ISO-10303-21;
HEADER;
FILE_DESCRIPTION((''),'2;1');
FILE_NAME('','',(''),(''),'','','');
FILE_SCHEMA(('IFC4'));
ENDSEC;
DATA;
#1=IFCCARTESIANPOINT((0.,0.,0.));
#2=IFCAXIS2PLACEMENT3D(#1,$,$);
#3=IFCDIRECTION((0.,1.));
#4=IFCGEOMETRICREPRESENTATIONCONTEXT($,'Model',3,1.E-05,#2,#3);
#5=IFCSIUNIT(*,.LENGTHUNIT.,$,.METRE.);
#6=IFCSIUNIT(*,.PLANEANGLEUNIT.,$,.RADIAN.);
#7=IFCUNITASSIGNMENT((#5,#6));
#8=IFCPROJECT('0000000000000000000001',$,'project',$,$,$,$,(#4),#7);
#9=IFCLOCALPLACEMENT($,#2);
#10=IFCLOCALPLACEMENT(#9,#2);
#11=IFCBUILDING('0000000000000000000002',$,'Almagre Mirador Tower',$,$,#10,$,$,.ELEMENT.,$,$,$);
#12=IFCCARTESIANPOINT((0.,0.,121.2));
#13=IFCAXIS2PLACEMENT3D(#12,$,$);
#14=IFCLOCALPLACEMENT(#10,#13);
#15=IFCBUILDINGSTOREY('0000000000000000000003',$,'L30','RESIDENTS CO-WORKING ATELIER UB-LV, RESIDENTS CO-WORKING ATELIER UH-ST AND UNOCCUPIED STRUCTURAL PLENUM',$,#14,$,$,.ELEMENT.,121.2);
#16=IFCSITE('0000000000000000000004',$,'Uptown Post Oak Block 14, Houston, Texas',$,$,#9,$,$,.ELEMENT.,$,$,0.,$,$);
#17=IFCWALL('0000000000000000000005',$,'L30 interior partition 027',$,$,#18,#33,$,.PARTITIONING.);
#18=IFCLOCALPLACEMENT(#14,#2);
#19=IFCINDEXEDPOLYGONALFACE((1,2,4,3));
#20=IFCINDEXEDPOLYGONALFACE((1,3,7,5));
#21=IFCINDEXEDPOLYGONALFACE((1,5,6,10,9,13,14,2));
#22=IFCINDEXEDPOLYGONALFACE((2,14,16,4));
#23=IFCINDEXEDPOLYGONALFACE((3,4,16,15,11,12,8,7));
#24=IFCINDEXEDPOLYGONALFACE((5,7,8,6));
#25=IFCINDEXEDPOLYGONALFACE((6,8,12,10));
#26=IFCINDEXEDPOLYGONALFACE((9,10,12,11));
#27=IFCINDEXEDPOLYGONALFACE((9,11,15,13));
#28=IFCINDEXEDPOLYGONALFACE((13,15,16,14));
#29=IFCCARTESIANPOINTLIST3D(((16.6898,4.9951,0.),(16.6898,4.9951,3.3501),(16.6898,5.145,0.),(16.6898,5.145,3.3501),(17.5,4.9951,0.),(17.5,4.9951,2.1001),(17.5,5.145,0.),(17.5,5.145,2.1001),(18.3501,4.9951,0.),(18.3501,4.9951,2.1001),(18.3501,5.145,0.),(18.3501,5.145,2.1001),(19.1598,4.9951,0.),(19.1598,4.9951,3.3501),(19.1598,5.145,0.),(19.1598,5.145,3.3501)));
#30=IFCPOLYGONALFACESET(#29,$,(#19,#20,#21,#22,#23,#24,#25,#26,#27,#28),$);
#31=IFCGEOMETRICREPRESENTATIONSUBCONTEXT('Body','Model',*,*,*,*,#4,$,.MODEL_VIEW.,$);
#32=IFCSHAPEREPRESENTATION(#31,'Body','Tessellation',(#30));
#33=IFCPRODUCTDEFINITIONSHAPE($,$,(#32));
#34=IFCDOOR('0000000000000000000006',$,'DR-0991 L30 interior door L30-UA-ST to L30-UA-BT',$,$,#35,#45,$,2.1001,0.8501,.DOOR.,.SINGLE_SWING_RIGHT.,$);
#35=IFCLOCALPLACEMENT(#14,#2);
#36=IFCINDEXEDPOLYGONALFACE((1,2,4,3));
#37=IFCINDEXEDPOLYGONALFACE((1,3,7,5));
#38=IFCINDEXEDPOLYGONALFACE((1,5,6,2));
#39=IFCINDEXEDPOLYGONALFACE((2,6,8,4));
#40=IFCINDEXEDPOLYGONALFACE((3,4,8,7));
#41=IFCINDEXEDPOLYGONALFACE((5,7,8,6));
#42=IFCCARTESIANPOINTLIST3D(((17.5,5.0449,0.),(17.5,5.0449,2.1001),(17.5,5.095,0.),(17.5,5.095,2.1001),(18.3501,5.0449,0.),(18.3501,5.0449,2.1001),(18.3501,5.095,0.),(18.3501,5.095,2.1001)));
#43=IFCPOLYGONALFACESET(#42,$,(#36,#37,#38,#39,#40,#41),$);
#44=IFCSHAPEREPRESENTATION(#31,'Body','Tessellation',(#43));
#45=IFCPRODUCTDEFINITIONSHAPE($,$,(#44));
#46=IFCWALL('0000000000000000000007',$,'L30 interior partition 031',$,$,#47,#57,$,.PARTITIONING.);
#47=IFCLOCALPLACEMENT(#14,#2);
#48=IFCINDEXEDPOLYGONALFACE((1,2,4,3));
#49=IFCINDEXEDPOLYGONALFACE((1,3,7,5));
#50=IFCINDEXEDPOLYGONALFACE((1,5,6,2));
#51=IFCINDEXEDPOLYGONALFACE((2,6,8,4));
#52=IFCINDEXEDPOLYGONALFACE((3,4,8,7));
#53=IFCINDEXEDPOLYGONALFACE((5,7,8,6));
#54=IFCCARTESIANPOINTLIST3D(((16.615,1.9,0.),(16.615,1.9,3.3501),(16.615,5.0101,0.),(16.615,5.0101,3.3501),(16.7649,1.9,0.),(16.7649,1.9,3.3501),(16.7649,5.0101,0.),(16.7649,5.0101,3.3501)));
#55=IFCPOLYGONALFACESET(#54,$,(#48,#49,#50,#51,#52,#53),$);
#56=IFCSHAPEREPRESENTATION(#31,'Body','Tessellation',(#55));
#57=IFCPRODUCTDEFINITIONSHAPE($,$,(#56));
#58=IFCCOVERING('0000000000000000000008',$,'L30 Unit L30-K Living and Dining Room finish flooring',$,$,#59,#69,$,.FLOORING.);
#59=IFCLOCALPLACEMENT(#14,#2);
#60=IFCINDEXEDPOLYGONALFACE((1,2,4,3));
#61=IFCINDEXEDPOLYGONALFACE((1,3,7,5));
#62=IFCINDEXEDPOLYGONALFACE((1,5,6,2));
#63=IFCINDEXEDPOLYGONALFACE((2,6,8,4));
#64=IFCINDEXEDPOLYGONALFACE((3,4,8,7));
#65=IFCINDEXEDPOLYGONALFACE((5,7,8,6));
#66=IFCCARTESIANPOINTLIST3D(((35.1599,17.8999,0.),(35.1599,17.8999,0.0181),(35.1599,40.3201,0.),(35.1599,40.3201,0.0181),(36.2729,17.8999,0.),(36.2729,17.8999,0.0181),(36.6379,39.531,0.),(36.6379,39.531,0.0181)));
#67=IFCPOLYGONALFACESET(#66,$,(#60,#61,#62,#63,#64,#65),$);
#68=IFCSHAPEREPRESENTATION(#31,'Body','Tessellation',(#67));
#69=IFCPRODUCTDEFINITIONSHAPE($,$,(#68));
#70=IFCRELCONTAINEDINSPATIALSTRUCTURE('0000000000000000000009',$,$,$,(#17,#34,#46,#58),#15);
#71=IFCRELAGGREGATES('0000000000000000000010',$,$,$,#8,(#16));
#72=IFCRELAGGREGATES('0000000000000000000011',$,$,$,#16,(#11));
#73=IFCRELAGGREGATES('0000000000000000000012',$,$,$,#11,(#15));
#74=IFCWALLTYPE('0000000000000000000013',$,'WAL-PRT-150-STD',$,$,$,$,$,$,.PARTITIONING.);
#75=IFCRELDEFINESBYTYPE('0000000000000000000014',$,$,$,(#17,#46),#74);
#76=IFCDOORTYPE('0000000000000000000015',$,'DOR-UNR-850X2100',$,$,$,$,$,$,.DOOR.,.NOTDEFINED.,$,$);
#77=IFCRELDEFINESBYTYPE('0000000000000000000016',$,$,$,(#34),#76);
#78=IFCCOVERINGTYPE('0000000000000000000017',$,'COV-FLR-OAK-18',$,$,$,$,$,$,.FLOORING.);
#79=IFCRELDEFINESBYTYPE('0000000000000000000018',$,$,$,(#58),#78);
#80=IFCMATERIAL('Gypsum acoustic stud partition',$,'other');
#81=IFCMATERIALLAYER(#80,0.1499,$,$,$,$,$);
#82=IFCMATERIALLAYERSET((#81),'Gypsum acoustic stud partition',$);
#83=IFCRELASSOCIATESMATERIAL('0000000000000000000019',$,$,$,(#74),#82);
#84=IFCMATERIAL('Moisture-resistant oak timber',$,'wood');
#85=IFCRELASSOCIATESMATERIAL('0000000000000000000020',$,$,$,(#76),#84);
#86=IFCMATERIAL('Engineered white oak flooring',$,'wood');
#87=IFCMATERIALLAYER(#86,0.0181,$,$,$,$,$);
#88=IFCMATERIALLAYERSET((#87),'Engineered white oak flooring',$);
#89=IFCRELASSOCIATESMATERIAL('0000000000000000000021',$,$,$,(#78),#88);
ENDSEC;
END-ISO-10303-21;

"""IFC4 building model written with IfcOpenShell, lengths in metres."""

from ifc_helpers import new_model, si_unit, direction, frame, frame_2d, origin, place, context, subcontext, project, spatial, polyline, rectangle, outline, extrude, material, layer, layer_set, type_object, element, fill, save


model = new_model("IFC4")

# Units and contexts
model_context = context("Model", 3, precision=1e-05, world=origin(), true_north=direction((0.0, 1.0)))
body_context = subcontext(model_context, "Body", "Model", "MODEL_VIEW")
ifc_project = project(units=[si_unit("LENGTHUNIT", "METRE"), si_unit("PLANEANGLEUNIT", "RADIAN")], contexts=[model_context])

# Site, building, storey
site_placement = place(None, origin())
site = spatial("IfcSite", under=ifc_project, at=site_placement, Name="Uptown Post Oak Block 14, Houston, Texas", CompositionType="ELEMENT", RefElevation=0.0)
building_placement = place(site_placement, origin())
building = spatial("IfcBuilding", under=site, at=building_placement, Name="Almagre Mirador Tower", CompositionType="ELEMENT")
storey_placement = place(building_placement, frame((0.0, 0.0, 121.2)))
storey = spatial("IfcBuildingStorey", under=building, at=storey_placement, Name="L30", Description="RESIDENTS CO-WORKING ATELIER UB-LV, RESIDENTS CO-WORKING ATELIER UH-ST AND UNOCCUPIED STRUCTURAL PLENUM", CompositionType="ELEMENT", Elevation=121.2)

# Wall, opening, door
ifc_material_1 = material(Name="Gypsum acoustic stud partition", Category="other")
ifc_layer_1 = layer(ifc_material_1, 0.1499)
ifc_layer_set_1 = layer_set([ifc_layer_1], Name="Gypsum acoustic stud partition")
wall_type_1 = type_object("IfcWallType", Name="WAL-PRT-150-STD", PredefinedType="PARTITIONING", material=ifc_layer_set_1)
wall_1_placement = place(storey_placement, frame((16.6899, 5.0701, 0.0), z_axis=(0.0, 0.0, 1.0), x_axis=(1.0, 0.0, 0.0)))
wall_1 = element("IfcWall", 1, at=wall_1_placement, inside=storey, type_object=wall_type_1, Name="L30 interior partition 027", PredefinedType="PARTITIONING", context=body_context, shape_type="SweptSolid", body=[
    extrude(rectangle(XDim=2.47, YDim=0.1499, at=frame_2d((1.2349, 0.0))), origin(), (0.0, 0.0, 1.0), 3.3501),
])
opening_1_placement = place(wall_1_placement, frame((0.8101, 0.0, 0.0)))
opening_1 = element("IfcOpeningElement", 2, at=opening_1_placement, cuts=wall_1, PredefinedType="OPENING", context=body_context, shape_type="SweptSolid", body=[
    extrude(rectangle(XDim=0.8501, YDim=2.1001, at=frame_2d((0.425, 1.05))), frame((0.0, 0.085, 0.0), z_axis=(0.0, -1.0, 0.0), x_axis=(1.0, 0.0, 0.0)), (0.0, 0.0, 1.0), 0.1699),
])
ifc_material_2 = material(Name="Moisture-resistant oak timber", Category="wood")
door_type_1 = type_object("IfcDoorType", Name="DOR-UNR-850X2100", OperationType="NOTDEFINED", PredefinedType="DOOR", material=ifc_material_2)
door_1_placement = place(opening_1_placement, origin())
door_1 = element("IfcDoor", 3, at=door_1_placement, inside=storey, type_object=door_type_1, Name="DR-0991 L30 interior door L30-UA-ST to L30-UA-BT", OperationType="SINGLE_SWING_RIGHT", OverallHeight=2.1001, OverallWidth=0.8501, PredefinedType="DOOR", context=body_context, shape_type="SweptSolid", body=[
    extrude(rectangle(XDim=0.8501, YDim=2.1001, at=frame_2d((0.425, 1.05))), frame((0.0, 0.0249, 0.0), z_axis=(0.0, -1.0, 0.0), x_axis=(1.0, 0.0, 0.0)), (0.0, 0.0, 1.0), 0.05),
])
fill(opening_1, door_1)

# Wall
wall_2_placement = place(storey_placement, frame((16.6899, 1.8999, 0.0), z_axis=(0.0, 0.0, 1.0), x_axis=(0.0, 1.0, 0.0)))
element("IfcWall", 4, at=wall_2_placement, inside=storey, type_object=wall_type_1, Name="L30 interior partition 031", PredefinedType="PARTITIONING", context=body_context, shape_type="SweptSolid", body=[
    extrude(rectangle(XDim=3.1101, YDim=0.1499, at=frame_2d((1.5552, 0.0))), origin(), (0.0, 0.0, 1.0), 3.3501),
])

# Covering
ifc_material_3 = material(Name="Engineered white oak flooring", Category="wood")
ifc_layer_2 = layer(ifc_material_3, 0.0181)
ifc_layer_set_2 = layer_set([ifc_layer_2], Name="Engineered white oak flooring")
covering_type = type_object("IfcCoveringType", Name="COV-FLR-OAK-18", PredefinedType="FLOORING", material=ifc_layer_set_2)
covering_placement = place(storey_placement, origin())
element("IfcCovering", 5, at=covering_placement, inside=storey, type_object=covering_type, Name="L30 Unit L30-K Living and Dining Room finish flooring", PredefinedType="FLOORING", context=body_context, shape_type="SweptSolid", body=[
    extrude(outline(polyline([(35.1599, 17.8999), (35.1599, 40.3201), (36.6379, 39.531), (36.2729, 17.8999), (35.1599, 17.8999)])), origin(), (0.0, 0.0, 1.0), 0.0181),
])

save(model, "model.ifc")
